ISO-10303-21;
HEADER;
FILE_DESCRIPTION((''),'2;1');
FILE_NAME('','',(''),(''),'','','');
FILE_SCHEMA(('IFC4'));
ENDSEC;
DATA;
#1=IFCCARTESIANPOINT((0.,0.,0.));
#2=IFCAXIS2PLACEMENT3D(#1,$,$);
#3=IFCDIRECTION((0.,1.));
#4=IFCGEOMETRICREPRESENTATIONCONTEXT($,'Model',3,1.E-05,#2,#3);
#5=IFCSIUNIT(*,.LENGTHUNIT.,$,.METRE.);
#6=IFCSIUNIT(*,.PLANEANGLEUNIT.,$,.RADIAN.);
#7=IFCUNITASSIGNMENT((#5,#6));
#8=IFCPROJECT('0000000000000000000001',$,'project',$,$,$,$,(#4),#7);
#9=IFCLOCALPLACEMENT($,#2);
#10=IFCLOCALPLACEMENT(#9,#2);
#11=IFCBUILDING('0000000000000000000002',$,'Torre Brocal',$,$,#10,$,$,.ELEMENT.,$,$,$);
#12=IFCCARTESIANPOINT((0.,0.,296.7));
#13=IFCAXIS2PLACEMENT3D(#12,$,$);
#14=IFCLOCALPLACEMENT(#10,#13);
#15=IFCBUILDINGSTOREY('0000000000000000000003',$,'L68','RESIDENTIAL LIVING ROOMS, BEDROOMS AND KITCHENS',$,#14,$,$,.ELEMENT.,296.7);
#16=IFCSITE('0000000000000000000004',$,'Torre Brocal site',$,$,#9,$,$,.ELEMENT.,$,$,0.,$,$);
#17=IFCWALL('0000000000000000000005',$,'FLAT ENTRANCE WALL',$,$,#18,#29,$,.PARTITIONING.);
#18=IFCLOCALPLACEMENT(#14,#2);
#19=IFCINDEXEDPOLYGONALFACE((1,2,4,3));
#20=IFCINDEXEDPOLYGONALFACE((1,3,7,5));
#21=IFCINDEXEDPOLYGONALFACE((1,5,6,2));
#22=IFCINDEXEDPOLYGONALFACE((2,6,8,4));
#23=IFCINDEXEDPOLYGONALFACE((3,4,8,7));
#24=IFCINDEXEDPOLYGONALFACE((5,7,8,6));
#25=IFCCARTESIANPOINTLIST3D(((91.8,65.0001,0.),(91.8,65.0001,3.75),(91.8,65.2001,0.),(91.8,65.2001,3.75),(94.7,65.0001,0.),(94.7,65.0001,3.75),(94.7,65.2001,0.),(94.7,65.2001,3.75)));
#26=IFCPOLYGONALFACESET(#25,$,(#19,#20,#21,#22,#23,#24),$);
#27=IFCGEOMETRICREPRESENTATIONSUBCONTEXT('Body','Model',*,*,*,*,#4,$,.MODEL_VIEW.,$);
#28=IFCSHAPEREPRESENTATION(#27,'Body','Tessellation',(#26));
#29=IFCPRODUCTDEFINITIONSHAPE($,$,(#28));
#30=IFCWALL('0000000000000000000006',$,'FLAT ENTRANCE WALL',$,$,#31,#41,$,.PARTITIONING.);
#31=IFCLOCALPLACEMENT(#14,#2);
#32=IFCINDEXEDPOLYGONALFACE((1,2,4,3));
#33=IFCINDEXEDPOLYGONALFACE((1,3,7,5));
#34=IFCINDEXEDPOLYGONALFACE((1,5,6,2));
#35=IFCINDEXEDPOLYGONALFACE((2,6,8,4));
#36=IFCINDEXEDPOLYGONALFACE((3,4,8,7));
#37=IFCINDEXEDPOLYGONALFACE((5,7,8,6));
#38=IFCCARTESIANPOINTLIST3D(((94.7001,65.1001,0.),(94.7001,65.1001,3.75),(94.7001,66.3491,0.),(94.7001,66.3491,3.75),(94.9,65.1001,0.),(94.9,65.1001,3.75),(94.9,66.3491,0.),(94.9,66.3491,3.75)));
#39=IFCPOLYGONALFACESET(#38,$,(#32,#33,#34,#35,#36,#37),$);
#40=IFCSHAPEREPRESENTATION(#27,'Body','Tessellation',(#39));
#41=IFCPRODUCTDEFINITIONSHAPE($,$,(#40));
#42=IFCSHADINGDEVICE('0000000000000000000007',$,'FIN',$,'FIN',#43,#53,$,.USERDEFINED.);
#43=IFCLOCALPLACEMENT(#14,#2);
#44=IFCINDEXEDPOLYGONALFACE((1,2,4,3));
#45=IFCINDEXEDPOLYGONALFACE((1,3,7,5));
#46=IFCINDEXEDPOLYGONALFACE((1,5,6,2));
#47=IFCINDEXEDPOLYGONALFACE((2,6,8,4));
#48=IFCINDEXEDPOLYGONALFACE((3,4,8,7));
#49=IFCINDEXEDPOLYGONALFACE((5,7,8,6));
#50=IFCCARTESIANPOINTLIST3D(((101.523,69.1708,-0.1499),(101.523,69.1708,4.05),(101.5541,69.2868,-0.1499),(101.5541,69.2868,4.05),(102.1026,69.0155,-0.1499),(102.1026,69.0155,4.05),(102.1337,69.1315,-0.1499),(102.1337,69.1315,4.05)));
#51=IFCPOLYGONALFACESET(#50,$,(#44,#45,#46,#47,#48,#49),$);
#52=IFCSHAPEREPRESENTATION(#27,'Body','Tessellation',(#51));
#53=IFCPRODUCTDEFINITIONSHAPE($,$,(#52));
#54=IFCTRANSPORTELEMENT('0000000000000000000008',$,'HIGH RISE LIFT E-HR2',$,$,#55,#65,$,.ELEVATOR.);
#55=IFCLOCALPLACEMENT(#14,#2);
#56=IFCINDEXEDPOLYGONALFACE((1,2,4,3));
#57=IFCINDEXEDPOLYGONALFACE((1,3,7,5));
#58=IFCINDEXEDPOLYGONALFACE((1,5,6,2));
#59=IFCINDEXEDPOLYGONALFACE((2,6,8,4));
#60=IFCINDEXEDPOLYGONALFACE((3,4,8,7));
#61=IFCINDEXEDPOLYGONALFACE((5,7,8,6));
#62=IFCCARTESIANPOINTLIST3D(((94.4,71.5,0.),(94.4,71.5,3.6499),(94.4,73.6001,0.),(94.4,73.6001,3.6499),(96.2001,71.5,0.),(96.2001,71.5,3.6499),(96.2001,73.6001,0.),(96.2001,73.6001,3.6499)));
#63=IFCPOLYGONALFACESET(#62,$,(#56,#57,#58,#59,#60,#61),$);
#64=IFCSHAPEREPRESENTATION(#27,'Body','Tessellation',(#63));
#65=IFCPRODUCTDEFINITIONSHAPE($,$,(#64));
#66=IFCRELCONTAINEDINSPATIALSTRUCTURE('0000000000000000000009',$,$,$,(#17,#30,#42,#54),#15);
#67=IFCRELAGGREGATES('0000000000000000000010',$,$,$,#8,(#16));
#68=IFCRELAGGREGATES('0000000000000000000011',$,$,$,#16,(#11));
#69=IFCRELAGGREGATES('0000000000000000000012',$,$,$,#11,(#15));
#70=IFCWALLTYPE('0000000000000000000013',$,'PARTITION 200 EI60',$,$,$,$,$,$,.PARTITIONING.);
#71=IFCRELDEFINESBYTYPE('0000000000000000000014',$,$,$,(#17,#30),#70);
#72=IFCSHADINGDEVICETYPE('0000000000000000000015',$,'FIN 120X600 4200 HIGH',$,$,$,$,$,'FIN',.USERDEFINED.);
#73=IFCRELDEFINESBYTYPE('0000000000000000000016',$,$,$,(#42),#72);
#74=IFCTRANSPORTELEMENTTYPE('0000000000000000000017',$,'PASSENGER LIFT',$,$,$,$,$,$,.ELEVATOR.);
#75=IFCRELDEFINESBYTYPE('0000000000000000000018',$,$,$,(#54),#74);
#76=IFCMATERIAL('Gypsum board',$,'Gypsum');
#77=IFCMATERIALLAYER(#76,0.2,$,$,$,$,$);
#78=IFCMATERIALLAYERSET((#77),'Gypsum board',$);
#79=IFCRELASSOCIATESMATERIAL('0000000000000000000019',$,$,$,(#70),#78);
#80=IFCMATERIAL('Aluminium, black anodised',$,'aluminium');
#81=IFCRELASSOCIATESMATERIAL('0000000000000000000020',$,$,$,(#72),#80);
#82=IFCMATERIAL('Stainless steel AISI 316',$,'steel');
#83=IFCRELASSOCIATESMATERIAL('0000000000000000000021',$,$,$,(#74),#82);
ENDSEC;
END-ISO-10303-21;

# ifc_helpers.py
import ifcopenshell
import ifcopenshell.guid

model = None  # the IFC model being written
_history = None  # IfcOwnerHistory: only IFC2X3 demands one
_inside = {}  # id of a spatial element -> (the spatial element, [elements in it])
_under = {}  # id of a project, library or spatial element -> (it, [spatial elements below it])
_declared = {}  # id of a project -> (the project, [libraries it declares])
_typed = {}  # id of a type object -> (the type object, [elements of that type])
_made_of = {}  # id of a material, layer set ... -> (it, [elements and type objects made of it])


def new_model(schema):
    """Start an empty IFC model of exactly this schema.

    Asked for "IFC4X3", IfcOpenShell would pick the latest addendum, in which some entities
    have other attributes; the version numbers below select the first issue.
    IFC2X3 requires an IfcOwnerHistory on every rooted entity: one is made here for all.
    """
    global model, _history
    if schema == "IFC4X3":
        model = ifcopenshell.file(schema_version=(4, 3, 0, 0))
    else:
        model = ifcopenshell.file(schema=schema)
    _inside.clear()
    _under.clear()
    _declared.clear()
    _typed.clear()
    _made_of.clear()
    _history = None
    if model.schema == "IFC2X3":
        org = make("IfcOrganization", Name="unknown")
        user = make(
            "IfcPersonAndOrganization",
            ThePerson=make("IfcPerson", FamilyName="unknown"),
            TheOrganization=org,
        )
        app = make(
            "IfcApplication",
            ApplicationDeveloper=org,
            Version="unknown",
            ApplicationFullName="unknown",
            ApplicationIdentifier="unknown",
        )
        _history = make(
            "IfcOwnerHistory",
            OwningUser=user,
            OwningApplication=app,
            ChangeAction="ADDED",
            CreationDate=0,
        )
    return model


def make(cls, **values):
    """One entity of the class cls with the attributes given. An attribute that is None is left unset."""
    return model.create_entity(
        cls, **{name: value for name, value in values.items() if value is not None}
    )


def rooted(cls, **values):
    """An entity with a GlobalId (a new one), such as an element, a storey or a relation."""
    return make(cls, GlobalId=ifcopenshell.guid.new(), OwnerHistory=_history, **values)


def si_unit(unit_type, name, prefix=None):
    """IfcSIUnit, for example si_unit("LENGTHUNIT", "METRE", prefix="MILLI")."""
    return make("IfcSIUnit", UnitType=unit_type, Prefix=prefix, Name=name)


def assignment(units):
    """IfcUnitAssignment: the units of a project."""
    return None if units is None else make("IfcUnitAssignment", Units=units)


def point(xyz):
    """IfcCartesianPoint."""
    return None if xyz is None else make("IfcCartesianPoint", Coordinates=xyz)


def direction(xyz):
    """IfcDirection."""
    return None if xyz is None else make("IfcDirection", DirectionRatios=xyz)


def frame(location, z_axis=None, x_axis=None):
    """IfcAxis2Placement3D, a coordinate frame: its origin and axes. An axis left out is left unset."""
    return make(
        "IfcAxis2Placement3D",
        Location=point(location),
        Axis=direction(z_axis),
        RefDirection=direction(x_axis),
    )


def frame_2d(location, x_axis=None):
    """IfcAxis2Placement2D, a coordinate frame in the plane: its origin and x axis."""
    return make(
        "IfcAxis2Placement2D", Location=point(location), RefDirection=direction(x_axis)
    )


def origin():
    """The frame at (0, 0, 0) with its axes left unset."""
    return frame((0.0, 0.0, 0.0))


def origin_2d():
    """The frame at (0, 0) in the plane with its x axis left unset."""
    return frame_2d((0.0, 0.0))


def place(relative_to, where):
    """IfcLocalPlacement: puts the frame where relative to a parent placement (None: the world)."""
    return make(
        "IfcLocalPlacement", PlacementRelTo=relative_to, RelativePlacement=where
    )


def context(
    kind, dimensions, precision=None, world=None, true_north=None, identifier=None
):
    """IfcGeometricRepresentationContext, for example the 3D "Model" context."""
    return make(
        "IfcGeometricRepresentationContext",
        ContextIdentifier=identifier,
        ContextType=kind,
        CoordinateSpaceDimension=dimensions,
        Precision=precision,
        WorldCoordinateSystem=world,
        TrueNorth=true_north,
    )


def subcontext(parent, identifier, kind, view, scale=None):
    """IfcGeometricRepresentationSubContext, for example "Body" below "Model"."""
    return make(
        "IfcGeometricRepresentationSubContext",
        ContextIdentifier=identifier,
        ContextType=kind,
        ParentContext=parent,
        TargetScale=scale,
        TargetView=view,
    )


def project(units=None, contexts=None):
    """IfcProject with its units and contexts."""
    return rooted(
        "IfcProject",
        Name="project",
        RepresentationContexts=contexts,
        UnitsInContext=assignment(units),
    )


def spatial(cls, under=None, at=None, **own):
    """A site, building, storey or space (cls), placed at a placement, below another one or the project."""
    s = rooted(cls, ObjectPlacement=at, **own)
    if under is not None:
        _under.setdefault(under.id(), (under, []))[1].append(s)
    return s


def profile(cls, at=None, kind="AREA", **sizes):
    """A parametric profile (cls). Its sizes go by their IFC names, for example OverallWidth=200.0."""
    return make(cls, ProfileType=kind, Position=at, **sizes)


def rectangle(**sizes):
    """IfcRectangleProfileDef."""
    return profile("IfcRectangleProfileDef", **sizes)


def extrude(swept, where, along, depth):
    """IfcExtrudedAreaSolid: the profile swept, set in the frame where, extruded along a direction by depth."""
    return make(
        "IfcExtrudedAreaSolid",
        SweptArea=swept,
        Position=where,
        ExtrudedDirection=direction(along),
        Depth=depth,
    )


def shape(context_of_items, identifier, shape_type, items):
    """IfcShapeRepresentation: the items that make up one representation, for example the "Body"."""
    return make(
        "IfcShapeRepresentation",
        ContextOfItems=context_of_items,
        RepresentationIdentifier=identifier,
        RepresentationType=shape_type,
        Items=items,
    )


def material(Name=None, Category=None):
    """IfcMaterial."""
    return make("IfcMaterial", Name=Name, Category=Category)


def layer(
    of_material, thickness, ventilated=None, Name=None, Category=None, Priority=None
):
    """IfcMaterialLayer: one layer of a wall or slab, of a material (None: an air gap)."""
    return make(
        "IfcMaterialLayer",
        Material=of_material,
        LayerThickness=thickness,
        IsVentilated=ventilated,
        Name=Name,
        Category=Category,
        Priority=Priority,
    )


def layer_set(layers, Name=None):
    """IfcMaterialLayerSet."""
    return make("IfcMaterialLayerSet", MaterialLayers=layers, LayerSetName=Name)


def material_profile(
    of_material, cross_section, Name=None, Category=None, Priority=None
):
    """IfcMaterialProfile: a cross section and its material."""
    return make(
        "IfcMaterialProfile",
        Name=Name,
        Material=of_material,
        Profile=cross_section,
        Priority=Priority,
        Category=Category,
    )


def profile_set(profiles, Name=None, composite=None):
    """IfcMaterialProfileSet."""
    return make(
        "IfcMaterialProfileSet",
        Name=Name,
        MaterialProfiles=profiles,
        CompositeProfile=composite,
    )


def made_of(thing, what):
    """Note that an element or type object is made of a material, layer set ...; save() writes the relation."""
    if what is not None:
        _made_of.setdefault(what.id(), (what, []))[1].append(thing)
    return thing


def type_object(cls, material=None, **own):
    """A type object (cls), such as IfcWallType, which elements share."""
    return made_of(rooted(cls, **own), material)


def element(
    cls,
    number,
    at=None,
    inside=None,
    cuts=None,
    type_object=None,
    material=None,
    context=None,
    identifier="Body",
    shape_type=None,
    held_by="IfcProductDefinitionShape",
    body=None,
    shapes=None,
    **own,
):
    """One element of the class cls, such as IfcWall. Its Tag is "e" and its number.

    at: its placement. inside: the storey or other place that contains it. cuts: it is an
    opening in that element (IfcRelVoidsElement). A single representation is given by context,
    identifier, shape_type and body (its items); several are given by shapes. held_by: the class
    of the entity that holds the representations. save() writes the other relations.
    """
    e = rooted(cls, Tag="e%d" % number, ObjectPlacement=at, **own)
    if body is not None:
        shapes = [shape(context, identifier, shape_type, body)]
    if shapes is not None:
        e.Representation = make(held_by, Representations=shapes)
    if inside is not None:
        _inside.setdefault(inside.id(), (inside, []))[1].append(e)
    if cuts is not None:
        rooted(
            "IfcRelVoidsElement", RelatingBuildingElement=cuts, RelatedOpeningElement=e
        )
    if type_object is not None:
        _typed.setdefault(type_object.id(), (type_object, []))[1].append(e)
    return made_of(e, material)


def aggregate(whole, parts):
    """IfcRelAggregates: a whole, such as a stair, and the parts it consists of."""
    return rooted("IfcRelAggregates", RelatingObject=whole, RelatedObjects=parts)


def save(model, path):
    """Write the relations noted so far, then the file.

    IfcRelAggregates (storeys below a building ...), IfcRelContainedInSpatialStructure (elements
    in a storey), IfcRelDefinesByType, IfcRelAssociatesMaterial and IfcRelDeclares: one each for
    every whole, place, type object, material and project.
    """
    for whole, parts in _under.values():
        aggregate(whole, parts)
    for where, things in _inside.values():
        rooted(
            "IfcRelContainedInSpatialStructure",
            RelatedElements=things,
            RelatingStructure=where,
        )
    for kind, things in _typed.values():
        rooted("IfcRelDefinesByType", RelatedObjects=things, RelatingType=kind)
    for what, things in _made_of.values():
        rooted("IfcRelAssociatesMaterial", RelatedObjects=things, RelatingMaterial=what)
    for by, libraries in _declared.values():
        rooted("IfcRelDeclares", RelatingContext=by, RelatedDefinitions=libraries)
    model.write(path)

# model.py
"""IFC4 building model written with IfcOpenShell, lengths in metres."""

from ifc_helpers import new_model, si_unit, direction, frame, frame_2d, origin, origin_2d, place, context, subcontext, project, spatial, rectangle, extrude, material, layer, layer_set, material_profile, profile_set, type_object, element, save


model = new_model("IFC4")

# Units and contexts
model_context = context("Model", 3, precision=1e-05, world=origin(), true_north=direction((0.0, 1.0)))
body_context = subcontext(model_context, "Body", "Model", "MODEL_VIEW")
ifc_project = project(units=[si_unit("LENGTHUNIT", "METRE"), si_unit("PLANEANGLEUNIT", "RADIAN")], contexts=[model_context])

# Site, building, storey
site_placement = place(None, origin())
site = spatial("IfcSite", under=ifc_project, at=site_placement, Name="Torre Brocal site", CompositionType="ELEMENT", RefElevation=0.0)
building_placement = place(site_placement, origin())
building = spatial("IfcBuilding", under=site, at=building_placement, Name="Torre Brocal", CompositionType="ELEMENT")
storey_placement = place(building_placement, frame((0.0, 0.0, 296.7)))
storey = spatial("IfcBuildingStorey", under=building, at=storey_placement, Name="L68", Description="RESIDENTIAL LIVING ROOMS, BEDROOMS AND KITCHENS", CompositionType="ELEMENT", Elevation=296.7)

# Walls
ifc_material_1 = material(Name="Gypsum board", Category="Gypsum")
ifc_layer_1 = layer(ifc_material_1, 0.2)
ifc_layer_set_1 = layer_set([ifc_layer_1], Name="Gypsum board")
wall_type_1 = type_object("IfcWallType", Name="PARTITION 200 EI60", PredefinedType="PARTITIONING", material=ifc_layer_set_1)
wall_1_placement = place(storey_placement, frame((91.8, 65.1001, 0.0), z_axis=(0.0, 0.0, 1.0), x_axis=(1.0, 0.0, 0.0)))
element("IfcWall", 1, at=wall_1_placement, inside=storey, type_object=wall_type_1, Name="FLAT ENTRANCE WALL", PredefinedType="PARTITIONING", context=body_context, shape_type="SweptSolid", body=[
    extrude(rectangle(XDim=2.8999, YDim=0.2, at=frame_2d((1.45, 0.0))), origin(), (0.0, 0.0, 1.0), 3.75),
])
wall_2_placement = place(storey_placement, frame((94.8, 65.1001, 0.0), z_axis=(0.0, 0.0, 1.0), x_axis=(0.0, 1.0, 0.0)))
element("IfcWall", 2, at=wall_2_placement, inside=storey, type_object=wall_type_1, Name="FLAT ENTRANCE WALL", PredefinedType="PARTITIONING", context=body_context, shape_type="SweptSolid", body=[
    extrude(rectangle(XDim=1.249, YDim=0.2, at=frame_2d((0.6245, 0.0))), origin(), (0.0, 0.0, 1.0), 3.75),
])

# Shading device
ifc_material_2 = material(Name="Aluminium, black anodised", Category="aluminium")
ifc_material_profile_1 = material_profile(ifc_material_2, rectangle(XDim=0.1201, YDim=0.6001, at=origin_2d()), Name="FIN 120X600 4200 HIGH")
ifc_profile_set_1 = profile_set([ifc_material_profile_1], Name="Aluminium, black anodised")
shading_device_type = type_object("IfcShadingDeviceType", Name="FIN 120X600 4200 HIGH", ElementType="FIN", PredefinedType="USERDEFINED", material=ifc_profile_set_1)
shading_device_placement = place(storey_placement, frame((101.8284, 69.1511, -0.1499), z_axis=(0.0, 0.0, 1.0), x_axis=(0.258819, 0.965926, 0.0)))
element("IfcShadingDevice", 3, at=shading_device_placement, inside=storey, type_object=shading_device_type, Name="FIN", ObjectType="FIN", PredefinedType="USERDEFINED", context=body_context, shape_type="SweptSolid", body=[
    extrude(rectangle(XDim=0.1201, YDim=0.6001, at=origin_2d()), origin(), (0.0, 0.0, 1.0), 4.2),
])

# Transport element
ifc_material_3 = material(Name="Stainless steel AISI 316", Category="steel")
transport_element_type = type_object("IfcTransportElementType", Name="PASSENGER LIFT", PredefinedType="ELEVATOR", material=ifc_material_3)
transport_element_placement = place(storey_placement, frame((95.3, 72.55, 0.0), z_axis=(0.0, 0.0, 1.0), x_axis=(1.0, 0.0, 0.0)))
element("IfcTransportElement", 4, at=transport_element_placement, inside=storey, type_object=transport_element_type, Name="HIGH RISE LIFT E-HR2", PredefinedType="ELEVATOR", context=body_context, shape_type="SweptSolid", body=[
    extrude(rectangle(XDim=1.8, YDim=2.1001, at=origin_2d()), origin(), (0.0, 0.0, 1.0), 3.6499),
])

save(model, "model.ifc")
